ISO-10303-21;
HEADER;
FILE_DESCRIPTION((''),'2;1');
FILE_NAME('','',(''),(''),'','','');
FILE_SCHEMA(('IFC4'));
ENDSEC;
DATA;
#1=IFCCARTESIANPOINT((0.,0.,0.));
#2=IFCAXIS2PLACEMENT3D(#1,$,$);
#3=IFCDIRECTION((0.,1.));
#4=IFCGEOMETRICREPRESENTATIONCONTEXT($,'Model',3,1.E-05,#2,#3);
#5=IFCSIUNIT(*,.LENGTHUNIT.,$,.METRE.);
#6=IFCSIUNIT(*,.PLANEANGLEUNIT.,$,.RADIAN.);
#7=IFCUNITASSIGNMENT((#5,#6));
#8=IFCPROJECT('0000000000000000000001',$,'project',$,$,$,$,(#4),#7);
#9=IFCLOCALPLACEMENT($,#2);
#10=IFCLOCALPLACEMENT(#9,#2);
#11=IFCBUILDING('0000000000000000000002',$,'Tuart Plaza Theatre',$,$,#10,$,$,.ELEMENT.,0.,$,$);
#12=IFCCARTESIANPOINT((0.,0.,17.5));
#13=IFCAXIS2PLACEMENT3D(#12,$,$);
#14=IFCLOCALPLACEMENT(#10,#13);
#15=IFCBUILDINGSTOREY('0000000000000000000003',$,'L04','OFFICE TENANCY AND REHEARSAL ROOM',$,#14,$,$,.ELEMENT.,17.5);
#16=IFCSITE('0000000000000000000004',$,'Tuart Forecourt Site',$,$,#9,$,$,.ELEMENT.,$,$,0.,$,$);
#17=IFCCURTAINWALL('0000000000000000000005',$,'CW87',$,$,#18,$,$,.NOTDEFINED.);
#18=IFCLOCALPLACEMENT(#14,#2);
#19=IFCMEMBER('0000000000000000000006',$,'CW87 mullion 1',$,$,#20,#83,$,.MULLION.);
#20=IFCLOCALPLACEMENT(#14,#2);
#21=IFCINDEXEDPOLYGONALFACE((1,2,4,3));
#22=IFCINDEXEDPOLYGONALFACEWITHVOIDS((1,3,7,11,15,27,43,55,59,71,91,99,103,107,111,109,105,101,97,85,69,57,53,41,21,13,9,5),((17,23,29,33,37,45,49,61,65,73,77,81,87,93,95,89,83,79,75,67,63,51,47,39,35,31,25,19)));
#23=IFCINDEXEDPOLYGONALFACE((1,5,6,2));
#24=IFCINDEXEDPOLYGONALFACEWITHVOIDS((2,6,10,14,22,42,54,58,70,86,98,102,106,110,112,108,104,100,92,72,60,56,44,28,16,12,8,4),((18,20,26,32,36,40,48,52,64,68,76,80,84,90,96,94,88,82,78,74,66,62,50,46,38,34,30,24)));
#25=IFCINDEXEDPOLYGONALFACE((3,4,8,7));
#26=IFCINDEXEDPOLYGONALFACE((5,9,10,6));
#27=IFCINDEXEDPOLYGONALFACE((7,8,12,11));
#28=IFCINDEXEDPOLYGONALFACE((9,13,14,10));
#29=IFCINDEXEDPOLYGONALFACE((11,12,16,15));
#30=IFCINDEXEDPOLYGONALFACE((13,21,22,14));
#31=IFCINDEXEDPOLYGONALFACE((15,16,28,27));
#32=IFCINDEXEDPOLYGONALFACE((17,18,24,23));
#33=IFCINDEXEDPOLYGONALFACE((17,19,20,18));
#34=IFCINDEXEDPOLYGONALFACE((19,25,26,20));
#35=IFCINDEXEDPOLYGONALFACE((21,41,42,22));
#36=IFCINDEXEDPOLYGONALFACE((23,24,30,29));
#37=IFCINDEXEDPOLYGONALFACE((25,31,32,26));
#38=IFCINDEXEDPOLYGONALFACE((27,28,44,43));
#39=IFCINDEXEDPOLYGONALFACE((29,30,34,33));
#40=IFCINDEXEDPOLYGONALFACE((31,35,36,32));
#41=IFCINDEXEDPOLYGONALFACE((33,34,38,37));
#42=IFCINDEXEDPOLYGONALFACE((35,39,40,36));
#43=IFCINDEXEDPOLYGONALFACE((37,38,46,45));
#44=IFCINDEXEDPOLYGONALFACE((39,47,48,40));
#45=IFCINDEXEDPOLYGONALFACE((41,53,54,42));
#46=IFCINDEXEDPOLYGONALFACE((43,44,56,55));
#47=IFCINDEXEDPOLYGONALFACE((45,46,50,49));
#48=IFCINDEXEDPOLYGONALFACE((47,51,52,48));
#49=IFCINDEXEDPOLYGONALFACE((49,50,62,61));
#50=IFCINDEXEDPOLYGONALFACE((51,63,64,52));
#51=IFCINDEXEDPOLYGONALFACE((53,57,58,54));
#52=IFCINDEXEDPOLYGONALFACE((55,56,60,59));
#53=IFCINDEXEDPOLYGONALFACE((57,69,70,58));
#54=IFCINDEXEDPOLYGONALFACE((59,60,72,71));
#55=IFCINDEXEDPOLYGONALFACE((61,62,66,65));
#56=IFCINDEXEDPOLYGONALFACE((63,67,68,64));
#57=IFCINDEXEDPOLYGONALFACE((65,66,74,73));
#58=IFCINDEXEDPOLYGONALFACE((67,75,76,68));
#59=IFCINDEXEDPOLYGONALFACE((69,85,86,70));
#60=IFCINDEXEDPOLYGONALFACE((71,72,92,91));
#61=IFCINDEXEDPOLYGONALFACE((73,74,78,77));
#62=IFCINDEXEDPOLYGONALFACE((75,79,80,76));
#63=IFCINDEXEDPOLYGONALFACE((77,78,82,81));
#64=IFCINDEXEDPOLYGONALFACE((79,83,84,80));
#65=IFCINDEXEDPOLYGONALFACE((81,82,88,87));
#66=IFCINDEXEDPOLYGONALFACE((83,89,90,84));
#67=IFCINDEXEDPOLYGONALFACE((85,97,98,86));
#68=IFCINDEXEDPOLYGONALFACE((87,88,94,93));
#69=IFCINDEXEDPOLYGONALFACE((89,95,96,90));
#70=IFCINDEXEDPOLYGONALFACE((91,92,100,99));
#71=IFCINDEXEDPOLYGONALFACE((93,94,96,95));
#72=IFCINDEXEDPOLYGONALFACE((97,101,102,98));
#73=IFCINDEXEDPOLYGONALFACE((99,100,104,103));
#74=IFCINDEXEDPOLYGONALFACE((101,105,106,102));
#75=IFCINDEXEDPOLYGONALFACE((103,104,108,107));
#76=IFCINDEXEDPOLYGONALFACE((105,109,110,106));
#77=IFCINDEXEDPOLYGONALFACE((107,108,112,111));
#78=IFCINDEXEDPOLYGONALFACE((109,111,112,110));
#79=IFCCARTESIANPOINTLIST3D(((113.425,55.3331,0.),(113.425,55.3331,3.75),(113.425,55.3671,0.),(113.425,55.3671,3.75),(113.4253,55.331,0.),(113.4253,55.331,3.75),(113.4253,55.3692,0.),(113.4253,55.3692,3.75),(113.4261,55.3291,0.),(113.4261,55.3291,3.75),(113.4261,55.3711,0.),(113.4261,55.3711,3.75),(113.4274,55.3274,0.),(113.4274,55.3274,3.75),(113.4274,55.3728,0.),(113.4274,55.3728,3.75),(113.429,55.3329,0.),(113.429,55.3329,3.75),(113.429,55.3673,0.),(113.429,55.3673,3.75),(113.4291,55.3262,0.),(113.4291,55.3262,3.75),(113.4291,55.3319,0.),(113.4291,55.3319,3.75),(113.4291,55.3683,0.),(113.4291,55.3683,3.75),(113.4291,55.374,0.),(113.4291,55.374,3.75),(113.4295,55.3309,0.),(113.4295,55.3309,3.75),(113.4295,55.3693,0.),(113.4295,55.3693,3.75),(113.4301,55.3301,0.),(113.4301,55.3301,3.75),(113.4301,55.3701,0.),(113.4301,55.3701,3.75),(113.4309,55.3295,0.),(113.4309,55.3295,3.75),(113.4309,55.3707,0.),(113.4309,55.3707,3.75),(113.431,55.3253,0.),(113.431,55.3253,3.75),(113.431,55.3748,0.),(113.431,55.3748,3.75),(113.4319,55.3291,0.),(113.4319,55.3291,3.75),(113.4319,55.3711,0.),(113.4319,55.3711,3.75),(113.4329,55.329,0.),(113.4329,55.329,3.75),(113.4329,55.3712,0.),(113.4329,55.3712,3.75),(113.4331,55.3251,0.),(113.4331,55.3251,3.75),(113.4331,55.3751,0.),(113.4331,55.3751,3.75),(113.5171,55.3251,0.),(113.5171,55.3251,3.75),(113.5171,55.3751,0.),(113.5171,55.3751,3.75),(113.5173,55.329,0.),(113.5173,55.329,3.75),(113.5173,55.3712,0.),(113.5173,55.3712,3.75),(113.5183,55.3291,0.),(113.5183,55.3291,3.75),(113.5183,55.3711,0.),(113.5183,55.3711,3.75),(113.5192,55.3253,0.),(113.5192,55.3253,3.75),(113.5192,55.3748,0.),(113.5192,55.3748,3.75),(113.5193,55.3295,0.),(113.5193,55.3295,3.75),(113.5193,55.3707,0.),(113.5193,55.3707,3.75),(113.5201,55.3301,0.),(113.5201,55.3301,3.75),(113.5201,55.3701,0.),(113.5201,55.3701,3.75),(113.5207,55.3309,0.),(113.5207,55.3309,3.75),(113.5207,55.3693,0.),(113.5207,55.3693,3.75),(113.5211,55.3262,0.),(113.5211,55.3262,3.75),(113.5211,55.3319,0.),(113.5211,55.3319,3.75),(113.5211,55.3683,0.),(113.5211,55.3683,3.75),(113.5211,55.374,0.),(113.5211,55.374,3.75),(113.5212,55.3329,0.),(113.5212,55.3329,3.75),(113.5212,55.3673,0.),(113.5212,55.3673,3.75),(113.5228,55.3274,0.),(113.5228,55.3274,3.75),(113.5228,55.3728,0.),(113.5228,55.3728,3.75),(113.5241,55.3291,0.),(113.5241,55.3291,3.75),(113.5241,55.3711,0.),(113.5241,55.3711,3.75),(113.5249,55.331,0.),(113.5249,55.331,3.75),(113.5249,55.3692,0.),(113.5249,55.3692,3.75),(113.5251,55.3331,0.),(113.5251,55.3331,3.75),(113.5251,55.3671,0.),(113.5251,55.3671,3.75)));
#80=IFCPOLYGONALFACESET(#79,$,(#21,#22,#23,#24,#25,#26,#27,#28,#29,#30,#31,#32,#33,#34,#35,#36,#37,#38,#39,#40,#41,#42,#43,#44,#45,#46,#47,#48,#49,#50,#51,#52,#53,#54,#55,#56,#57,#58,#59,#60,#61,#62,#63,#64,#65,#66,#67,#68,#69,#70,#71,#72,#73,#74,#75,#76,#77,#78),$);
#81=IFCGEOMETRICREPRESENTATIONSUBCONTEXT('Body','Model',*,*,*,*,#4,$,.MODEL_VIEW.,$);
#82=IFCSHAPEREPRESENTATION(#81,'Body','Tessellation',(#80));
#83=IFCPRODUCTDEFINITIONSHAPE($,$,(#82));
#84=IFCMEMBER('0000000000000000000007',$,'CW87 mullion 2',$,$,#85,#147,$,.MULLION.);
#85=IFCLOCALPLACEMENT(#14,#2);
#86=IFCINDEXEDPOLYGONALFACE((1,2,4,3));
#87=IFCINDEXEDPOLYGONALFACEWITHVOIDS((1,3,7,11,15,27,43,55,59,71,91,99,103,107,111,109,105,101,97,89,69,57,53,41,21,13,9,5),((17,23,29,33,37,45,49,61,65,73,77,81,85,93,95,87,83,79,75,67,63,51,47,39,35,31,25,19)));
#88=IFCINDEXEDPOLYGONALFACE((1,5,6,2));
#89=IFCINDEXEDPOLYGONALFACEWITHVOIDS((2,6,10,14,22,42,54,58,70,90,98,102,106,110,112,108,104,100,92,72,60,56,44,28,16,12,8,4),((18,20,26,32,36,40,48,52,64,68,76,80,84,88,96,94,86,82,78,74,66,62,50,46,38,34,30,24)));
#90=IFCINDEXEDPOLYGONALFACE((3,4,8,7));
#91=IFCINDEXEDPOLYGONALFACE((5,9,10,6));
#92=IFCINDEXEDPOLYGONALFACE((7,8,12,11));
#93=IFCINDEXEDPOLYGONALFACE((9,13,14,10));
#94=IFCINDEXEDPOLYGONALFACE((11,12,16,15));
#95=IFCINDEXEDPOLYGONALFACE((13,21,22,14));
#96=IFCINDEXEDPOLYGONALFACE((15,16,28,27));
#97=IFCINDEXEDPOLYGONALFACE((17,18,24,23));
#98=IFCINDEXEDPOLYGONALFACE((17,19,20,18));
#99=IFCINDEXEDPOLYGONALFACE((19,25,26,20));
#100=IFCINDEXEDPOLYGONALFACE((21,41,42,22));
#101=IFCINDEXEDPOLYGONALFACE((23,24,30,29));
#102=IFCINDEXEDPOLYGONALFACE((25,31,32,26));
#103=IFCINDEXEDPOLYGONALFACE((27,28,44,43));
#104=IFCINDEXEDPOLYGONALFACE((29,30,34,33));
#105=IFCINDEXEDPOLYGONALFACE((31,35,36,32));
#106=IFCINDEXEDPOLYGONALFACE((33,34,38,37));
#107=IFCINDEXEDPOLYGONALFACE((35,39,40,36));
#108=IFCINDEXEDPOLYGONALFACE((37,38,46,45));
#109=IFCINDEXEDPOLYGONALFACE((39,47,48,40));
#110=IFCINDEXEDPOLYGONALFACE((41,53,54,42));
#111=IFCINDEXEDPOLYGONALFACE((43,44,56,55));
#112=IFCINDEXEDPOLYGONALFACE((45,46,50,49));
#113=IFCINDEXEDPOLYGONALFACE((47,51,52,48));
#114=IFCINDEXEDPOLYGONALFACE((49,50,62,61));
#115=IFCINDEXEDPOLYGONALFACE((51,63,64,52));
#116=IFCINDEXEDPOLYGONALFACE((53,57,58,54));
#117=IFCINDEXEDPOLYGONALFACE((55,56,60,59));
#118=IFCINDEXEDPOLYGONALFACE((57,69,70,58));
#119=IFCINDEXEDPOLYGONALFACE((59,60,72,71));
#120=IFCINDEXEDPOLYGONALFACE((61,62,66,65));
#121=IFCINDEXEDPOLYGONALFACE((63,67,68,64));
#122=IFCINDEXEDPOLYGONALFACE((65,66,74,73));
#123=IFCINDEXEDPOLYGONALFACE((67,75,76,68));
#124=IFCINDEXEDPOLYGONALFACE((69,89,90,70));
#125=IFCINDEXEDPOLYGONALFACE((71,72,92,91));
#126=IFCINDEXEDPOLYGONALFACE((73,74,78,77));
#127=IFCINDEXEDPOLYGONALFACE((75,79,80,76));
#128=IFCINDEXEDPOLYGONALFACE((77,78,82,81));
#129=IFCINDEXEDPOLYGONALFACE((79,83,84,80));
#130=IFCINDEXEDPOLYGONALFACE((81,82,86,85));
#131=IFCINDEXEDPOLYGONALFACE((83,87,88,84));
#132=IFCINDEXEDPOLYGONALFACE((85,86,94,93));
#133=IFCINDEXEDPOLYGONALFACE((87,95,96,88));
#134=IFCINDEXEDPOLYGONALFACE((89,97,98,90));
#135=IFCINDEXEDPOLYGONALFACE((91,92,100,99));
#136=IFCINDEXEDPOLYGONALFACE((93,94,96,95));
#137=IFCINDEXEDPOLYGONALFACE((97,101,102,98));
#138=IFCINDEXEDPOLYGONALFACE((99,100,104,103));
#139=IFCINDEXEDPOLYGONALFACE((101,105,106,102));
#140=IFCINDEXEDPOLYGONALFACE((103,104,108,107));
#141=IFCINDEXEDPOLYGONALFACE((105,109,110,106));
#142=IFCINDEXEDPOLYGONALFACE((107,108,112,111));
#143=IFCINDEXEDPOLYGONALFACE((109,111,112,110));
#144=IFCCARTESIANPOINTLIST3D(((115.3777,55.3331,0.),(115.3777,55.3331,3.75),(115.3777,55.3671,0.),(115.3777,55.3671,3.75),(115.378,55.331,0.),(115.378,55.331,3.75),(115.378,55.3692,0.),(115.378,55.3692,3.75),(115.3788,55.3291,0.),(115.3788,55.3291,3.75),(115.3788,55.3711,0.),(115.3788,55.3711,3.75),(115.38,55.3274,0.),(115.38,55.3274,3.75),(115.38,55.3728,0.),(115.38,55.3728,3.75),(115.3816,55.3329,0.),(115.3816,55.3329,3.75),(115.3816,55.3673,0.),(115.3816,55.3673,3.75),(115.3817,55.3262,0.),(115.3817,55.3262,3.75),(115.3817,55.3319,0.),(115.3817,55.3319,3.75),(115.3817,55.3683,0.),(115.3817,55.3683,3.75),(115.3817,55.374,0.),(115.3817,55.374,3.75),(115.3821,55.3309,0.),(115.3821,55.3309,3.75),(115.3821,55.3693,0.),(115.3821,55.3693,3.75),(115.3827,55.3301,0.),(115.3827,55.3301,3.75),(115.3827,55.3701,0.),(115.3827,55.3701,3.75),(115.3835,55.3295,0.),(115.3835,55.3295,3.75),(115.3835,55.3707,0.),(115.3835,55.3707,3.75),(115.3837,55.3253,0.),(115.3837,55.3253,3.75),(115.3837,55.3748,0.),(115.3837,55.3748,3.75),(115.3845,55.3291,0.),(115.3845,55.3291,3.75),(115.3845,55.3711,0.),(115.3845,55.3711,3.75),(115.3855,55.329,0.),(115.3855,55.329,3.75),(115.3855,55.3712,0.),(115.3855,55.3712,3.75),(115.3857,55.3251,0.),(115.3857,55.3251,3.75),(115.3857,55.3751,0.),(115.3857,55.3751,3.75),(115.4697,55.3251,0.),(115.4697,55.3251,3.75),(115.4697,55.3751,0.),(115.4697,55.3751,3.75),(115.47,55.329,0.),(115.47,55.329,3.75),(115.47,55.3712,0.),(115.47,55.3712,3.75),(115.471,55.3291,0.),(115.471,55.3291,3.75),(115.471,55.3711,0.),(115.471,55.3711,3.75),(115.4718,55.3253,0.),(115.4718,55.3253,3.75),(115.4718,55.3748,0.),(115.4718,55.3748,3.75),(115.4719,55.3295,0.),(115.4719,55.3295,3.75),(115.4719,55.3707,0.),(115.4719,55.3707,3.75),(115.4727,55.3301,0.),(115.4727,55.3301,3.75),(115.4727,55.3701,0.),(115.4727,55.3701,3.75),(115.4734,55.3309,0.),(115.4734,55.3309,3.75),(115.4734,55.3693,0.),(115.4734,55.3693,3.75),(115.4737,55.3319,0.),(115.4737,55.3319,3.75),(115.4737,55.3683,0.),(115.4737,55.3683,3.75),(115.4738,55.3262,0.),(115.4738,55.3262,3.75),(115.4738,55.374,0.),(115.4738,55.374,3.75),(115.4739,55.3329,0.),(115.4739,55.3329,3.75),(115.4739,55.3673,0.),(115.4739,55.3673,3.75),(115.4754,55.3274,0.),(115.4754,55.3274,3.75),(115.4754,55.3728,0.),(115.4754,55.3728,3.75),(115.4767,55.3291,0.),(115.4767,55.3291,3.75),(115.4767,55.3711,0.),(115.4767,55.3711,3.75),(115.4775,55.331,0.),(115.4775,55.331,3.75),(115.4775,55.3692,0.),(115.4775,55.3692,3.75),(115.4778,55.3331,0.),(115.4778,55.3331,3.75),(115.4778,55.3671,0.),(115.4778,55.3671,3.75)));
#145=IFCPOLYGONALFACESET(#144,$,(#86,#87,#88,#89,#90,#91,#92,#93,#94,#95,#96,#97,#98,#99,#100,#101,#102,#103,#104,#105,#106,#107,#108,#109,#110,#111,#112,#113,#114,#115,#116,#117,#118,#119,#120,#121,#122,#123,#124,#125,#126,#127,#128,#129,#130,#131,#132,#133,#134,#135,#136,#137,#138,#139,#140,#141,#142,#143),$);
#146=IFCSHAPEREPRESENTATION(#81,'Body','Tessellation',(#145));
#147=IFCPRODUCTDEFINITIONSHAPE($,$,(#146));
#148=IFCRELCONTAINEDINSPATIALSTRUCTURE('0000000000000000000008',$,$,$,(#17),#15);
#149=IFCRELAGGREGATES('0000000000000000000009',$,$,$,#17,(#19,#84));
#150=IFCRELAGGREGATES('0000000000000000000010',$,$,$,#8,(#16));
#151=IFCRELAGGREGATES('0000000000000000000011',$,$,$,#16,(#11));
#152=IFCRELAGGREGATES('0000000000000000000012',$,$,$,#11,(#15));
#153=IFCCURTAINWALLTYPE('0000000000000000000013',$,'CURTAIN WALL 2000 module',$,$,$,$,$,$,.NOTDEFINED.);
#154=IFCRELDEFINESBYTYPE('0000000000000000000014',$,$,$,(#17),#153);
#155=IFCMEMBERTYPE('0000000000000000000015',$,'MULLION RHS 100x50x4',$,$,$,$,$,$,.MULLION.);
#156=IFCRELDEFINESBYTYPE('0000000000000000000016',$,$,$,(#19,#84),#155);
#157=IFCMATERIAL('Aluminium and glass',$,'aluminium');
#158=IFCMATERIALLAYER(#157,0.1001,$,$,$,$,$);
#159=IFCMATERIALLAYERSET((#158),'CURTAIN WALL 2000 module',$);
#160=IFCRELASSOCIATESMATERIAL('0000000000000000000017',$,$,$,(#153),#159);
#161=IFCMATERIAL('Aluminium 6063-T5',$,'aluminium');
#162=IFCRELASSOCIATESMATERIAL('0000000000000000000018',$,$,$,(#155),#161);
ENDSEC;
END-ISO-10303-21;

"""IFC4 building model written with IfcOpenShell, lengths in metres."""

from ifc_helpers import new_model, si_unit, direction, frame, origin, origin_2d, place, context, subcontext, project, spatial, hollow_rectangle, extrude, material, layer, layer_set, material_profile, profile_set, type_object, element, aggregate, save


model = new_model("IFC4")

# Units and contexts
model_context = context("Model", 3, precision=1e-05, world=origin(), true_north=direction((0.0, 1.0)))
body_context = subcontext(model_context, "Body", "Model", "MODEL_VIEW")
ifc_project = project(units=[si_unit("LENGTHUNIT", "METRE"), si_unit("PLANEANGLEUNIT", "RADIAN")], contexts=[model_context])

# Site, building, storey
site_placement = place(None, origin())
site = spatial("IfcSite", under=ifc_project, at=site_placement, Name="Tuart Forecourt Site", CompositionType="ELEMENT", RefElevation=0.0)
building_placement = place(site_placement, origin())
building = spatial("IfcBuilding", under=site, at=building_placement, Name="Tuart Plaza Theatre", CompositionType="ELEMENT", ElevationOfRefHeight=0.0)
storey_placement = place(building_placement, frame((0.0, 0.0, 17.5)))
storey = spatial("IfcBuildingStorey", under=building, at=storey_placement, Name="L04", Description="OFFICE TENANCY AND REHEARSAL ROOM", CompositionType="ELEMENT", Elevation=17.5)

# Curtain wall, members
ifc_material_1 = material(Name="Aluminium and glass", Category="aluminium")
ifc_layer_1 = layer(ifc_material_1, 0.1001)
ifc_layer_set_1 = layer_set([ifc_layer_1], Name="CURTAIN WALL 2000 module")
curtain_wall_type = type_object("IfcCurtainWallType", Name="CURTAIN WALL 2000 module", PredefinedType="NOTDEFINED", material=ifc_layer_set_1)
curtain_wall_placement = place(storey_placement, origin())
curtain_wall = element("IfcCurtainWall", 1, at=curtain_wall_placement, inside=storey, type_object=curtain_wall_type, Name="CW87", PredefinedType="NOTDEFINED")
ifc_material_2 = material(Name="Aluminium 6063-T5", Category="aluminium")
ifc_material_profile_1 = material_profile(ifc_material_2, hollow_rectangle(XDim=0.05, YDim=0.1001, WallThickness=0.0039, InnerFilletRadius=0.0039, OuterFilletRadius=0.0081, at=origin_2d()), Name="RHS 100x50x4")
ifc_profile_set_1 = profile_set([ifc_material_profile_1], Name="Aluminium 6063-T5")
member_type_1 = type_object("IfcMemberType", Name="MULLION RHS 100x50x4", PredefinedType="MULLION", material=ifc_profile_set_1)
member_1_placement = place(storey_placement, frame((113.4751, 55.3501, 0.0), z_axis=(0.0, 0.0, 1.0), x_axis=(0.0, 1.0, 0.0)))
member_1 = element("IfcMember", 2, at=member_1_placement, type_object=member_type_1, Name="CW87 mullion 1", PredefinedType="MULLION", context=body_context, shape_type="SweptSolid", body=[
    extrude(hollow_rectangle(XDim=0.05, YDim=0.1001, WallThickness=0.0039, InnerFilletRadius=0.0039, OuterFilletRadius=0.0081, at=origin_2d()), origin(), (0.0, 0.0, 1.0), 3.75),
])
member_2_placement = place(storey_placement, frame((115.4277, 55.3501, 0.0), z_axis=(0.0, 0.0, 1.0), x_axis=(0.0, 1.0, 0.0)))
member_2 = element("IfcMember", 3, at=member_2_placement, type_object=member_type_1, Name="CW87 mullion 2", PredefinedType="MULLION", context=body_context, shape_type="SweptSolid", body=[
    extrude(hollow_rectangle(XDim=0.05, YDim=0.1001, WallThickness=0.0039, InnerFilletRadius=0.0039, OuterFilletRadius=0.0081, at=origin_2d()), origin(), (0.0, 0.0, 1.0), 3.75),
])
aggregate(curtain_wall, [member_1, member_2])

save(model, "model.ifc")
